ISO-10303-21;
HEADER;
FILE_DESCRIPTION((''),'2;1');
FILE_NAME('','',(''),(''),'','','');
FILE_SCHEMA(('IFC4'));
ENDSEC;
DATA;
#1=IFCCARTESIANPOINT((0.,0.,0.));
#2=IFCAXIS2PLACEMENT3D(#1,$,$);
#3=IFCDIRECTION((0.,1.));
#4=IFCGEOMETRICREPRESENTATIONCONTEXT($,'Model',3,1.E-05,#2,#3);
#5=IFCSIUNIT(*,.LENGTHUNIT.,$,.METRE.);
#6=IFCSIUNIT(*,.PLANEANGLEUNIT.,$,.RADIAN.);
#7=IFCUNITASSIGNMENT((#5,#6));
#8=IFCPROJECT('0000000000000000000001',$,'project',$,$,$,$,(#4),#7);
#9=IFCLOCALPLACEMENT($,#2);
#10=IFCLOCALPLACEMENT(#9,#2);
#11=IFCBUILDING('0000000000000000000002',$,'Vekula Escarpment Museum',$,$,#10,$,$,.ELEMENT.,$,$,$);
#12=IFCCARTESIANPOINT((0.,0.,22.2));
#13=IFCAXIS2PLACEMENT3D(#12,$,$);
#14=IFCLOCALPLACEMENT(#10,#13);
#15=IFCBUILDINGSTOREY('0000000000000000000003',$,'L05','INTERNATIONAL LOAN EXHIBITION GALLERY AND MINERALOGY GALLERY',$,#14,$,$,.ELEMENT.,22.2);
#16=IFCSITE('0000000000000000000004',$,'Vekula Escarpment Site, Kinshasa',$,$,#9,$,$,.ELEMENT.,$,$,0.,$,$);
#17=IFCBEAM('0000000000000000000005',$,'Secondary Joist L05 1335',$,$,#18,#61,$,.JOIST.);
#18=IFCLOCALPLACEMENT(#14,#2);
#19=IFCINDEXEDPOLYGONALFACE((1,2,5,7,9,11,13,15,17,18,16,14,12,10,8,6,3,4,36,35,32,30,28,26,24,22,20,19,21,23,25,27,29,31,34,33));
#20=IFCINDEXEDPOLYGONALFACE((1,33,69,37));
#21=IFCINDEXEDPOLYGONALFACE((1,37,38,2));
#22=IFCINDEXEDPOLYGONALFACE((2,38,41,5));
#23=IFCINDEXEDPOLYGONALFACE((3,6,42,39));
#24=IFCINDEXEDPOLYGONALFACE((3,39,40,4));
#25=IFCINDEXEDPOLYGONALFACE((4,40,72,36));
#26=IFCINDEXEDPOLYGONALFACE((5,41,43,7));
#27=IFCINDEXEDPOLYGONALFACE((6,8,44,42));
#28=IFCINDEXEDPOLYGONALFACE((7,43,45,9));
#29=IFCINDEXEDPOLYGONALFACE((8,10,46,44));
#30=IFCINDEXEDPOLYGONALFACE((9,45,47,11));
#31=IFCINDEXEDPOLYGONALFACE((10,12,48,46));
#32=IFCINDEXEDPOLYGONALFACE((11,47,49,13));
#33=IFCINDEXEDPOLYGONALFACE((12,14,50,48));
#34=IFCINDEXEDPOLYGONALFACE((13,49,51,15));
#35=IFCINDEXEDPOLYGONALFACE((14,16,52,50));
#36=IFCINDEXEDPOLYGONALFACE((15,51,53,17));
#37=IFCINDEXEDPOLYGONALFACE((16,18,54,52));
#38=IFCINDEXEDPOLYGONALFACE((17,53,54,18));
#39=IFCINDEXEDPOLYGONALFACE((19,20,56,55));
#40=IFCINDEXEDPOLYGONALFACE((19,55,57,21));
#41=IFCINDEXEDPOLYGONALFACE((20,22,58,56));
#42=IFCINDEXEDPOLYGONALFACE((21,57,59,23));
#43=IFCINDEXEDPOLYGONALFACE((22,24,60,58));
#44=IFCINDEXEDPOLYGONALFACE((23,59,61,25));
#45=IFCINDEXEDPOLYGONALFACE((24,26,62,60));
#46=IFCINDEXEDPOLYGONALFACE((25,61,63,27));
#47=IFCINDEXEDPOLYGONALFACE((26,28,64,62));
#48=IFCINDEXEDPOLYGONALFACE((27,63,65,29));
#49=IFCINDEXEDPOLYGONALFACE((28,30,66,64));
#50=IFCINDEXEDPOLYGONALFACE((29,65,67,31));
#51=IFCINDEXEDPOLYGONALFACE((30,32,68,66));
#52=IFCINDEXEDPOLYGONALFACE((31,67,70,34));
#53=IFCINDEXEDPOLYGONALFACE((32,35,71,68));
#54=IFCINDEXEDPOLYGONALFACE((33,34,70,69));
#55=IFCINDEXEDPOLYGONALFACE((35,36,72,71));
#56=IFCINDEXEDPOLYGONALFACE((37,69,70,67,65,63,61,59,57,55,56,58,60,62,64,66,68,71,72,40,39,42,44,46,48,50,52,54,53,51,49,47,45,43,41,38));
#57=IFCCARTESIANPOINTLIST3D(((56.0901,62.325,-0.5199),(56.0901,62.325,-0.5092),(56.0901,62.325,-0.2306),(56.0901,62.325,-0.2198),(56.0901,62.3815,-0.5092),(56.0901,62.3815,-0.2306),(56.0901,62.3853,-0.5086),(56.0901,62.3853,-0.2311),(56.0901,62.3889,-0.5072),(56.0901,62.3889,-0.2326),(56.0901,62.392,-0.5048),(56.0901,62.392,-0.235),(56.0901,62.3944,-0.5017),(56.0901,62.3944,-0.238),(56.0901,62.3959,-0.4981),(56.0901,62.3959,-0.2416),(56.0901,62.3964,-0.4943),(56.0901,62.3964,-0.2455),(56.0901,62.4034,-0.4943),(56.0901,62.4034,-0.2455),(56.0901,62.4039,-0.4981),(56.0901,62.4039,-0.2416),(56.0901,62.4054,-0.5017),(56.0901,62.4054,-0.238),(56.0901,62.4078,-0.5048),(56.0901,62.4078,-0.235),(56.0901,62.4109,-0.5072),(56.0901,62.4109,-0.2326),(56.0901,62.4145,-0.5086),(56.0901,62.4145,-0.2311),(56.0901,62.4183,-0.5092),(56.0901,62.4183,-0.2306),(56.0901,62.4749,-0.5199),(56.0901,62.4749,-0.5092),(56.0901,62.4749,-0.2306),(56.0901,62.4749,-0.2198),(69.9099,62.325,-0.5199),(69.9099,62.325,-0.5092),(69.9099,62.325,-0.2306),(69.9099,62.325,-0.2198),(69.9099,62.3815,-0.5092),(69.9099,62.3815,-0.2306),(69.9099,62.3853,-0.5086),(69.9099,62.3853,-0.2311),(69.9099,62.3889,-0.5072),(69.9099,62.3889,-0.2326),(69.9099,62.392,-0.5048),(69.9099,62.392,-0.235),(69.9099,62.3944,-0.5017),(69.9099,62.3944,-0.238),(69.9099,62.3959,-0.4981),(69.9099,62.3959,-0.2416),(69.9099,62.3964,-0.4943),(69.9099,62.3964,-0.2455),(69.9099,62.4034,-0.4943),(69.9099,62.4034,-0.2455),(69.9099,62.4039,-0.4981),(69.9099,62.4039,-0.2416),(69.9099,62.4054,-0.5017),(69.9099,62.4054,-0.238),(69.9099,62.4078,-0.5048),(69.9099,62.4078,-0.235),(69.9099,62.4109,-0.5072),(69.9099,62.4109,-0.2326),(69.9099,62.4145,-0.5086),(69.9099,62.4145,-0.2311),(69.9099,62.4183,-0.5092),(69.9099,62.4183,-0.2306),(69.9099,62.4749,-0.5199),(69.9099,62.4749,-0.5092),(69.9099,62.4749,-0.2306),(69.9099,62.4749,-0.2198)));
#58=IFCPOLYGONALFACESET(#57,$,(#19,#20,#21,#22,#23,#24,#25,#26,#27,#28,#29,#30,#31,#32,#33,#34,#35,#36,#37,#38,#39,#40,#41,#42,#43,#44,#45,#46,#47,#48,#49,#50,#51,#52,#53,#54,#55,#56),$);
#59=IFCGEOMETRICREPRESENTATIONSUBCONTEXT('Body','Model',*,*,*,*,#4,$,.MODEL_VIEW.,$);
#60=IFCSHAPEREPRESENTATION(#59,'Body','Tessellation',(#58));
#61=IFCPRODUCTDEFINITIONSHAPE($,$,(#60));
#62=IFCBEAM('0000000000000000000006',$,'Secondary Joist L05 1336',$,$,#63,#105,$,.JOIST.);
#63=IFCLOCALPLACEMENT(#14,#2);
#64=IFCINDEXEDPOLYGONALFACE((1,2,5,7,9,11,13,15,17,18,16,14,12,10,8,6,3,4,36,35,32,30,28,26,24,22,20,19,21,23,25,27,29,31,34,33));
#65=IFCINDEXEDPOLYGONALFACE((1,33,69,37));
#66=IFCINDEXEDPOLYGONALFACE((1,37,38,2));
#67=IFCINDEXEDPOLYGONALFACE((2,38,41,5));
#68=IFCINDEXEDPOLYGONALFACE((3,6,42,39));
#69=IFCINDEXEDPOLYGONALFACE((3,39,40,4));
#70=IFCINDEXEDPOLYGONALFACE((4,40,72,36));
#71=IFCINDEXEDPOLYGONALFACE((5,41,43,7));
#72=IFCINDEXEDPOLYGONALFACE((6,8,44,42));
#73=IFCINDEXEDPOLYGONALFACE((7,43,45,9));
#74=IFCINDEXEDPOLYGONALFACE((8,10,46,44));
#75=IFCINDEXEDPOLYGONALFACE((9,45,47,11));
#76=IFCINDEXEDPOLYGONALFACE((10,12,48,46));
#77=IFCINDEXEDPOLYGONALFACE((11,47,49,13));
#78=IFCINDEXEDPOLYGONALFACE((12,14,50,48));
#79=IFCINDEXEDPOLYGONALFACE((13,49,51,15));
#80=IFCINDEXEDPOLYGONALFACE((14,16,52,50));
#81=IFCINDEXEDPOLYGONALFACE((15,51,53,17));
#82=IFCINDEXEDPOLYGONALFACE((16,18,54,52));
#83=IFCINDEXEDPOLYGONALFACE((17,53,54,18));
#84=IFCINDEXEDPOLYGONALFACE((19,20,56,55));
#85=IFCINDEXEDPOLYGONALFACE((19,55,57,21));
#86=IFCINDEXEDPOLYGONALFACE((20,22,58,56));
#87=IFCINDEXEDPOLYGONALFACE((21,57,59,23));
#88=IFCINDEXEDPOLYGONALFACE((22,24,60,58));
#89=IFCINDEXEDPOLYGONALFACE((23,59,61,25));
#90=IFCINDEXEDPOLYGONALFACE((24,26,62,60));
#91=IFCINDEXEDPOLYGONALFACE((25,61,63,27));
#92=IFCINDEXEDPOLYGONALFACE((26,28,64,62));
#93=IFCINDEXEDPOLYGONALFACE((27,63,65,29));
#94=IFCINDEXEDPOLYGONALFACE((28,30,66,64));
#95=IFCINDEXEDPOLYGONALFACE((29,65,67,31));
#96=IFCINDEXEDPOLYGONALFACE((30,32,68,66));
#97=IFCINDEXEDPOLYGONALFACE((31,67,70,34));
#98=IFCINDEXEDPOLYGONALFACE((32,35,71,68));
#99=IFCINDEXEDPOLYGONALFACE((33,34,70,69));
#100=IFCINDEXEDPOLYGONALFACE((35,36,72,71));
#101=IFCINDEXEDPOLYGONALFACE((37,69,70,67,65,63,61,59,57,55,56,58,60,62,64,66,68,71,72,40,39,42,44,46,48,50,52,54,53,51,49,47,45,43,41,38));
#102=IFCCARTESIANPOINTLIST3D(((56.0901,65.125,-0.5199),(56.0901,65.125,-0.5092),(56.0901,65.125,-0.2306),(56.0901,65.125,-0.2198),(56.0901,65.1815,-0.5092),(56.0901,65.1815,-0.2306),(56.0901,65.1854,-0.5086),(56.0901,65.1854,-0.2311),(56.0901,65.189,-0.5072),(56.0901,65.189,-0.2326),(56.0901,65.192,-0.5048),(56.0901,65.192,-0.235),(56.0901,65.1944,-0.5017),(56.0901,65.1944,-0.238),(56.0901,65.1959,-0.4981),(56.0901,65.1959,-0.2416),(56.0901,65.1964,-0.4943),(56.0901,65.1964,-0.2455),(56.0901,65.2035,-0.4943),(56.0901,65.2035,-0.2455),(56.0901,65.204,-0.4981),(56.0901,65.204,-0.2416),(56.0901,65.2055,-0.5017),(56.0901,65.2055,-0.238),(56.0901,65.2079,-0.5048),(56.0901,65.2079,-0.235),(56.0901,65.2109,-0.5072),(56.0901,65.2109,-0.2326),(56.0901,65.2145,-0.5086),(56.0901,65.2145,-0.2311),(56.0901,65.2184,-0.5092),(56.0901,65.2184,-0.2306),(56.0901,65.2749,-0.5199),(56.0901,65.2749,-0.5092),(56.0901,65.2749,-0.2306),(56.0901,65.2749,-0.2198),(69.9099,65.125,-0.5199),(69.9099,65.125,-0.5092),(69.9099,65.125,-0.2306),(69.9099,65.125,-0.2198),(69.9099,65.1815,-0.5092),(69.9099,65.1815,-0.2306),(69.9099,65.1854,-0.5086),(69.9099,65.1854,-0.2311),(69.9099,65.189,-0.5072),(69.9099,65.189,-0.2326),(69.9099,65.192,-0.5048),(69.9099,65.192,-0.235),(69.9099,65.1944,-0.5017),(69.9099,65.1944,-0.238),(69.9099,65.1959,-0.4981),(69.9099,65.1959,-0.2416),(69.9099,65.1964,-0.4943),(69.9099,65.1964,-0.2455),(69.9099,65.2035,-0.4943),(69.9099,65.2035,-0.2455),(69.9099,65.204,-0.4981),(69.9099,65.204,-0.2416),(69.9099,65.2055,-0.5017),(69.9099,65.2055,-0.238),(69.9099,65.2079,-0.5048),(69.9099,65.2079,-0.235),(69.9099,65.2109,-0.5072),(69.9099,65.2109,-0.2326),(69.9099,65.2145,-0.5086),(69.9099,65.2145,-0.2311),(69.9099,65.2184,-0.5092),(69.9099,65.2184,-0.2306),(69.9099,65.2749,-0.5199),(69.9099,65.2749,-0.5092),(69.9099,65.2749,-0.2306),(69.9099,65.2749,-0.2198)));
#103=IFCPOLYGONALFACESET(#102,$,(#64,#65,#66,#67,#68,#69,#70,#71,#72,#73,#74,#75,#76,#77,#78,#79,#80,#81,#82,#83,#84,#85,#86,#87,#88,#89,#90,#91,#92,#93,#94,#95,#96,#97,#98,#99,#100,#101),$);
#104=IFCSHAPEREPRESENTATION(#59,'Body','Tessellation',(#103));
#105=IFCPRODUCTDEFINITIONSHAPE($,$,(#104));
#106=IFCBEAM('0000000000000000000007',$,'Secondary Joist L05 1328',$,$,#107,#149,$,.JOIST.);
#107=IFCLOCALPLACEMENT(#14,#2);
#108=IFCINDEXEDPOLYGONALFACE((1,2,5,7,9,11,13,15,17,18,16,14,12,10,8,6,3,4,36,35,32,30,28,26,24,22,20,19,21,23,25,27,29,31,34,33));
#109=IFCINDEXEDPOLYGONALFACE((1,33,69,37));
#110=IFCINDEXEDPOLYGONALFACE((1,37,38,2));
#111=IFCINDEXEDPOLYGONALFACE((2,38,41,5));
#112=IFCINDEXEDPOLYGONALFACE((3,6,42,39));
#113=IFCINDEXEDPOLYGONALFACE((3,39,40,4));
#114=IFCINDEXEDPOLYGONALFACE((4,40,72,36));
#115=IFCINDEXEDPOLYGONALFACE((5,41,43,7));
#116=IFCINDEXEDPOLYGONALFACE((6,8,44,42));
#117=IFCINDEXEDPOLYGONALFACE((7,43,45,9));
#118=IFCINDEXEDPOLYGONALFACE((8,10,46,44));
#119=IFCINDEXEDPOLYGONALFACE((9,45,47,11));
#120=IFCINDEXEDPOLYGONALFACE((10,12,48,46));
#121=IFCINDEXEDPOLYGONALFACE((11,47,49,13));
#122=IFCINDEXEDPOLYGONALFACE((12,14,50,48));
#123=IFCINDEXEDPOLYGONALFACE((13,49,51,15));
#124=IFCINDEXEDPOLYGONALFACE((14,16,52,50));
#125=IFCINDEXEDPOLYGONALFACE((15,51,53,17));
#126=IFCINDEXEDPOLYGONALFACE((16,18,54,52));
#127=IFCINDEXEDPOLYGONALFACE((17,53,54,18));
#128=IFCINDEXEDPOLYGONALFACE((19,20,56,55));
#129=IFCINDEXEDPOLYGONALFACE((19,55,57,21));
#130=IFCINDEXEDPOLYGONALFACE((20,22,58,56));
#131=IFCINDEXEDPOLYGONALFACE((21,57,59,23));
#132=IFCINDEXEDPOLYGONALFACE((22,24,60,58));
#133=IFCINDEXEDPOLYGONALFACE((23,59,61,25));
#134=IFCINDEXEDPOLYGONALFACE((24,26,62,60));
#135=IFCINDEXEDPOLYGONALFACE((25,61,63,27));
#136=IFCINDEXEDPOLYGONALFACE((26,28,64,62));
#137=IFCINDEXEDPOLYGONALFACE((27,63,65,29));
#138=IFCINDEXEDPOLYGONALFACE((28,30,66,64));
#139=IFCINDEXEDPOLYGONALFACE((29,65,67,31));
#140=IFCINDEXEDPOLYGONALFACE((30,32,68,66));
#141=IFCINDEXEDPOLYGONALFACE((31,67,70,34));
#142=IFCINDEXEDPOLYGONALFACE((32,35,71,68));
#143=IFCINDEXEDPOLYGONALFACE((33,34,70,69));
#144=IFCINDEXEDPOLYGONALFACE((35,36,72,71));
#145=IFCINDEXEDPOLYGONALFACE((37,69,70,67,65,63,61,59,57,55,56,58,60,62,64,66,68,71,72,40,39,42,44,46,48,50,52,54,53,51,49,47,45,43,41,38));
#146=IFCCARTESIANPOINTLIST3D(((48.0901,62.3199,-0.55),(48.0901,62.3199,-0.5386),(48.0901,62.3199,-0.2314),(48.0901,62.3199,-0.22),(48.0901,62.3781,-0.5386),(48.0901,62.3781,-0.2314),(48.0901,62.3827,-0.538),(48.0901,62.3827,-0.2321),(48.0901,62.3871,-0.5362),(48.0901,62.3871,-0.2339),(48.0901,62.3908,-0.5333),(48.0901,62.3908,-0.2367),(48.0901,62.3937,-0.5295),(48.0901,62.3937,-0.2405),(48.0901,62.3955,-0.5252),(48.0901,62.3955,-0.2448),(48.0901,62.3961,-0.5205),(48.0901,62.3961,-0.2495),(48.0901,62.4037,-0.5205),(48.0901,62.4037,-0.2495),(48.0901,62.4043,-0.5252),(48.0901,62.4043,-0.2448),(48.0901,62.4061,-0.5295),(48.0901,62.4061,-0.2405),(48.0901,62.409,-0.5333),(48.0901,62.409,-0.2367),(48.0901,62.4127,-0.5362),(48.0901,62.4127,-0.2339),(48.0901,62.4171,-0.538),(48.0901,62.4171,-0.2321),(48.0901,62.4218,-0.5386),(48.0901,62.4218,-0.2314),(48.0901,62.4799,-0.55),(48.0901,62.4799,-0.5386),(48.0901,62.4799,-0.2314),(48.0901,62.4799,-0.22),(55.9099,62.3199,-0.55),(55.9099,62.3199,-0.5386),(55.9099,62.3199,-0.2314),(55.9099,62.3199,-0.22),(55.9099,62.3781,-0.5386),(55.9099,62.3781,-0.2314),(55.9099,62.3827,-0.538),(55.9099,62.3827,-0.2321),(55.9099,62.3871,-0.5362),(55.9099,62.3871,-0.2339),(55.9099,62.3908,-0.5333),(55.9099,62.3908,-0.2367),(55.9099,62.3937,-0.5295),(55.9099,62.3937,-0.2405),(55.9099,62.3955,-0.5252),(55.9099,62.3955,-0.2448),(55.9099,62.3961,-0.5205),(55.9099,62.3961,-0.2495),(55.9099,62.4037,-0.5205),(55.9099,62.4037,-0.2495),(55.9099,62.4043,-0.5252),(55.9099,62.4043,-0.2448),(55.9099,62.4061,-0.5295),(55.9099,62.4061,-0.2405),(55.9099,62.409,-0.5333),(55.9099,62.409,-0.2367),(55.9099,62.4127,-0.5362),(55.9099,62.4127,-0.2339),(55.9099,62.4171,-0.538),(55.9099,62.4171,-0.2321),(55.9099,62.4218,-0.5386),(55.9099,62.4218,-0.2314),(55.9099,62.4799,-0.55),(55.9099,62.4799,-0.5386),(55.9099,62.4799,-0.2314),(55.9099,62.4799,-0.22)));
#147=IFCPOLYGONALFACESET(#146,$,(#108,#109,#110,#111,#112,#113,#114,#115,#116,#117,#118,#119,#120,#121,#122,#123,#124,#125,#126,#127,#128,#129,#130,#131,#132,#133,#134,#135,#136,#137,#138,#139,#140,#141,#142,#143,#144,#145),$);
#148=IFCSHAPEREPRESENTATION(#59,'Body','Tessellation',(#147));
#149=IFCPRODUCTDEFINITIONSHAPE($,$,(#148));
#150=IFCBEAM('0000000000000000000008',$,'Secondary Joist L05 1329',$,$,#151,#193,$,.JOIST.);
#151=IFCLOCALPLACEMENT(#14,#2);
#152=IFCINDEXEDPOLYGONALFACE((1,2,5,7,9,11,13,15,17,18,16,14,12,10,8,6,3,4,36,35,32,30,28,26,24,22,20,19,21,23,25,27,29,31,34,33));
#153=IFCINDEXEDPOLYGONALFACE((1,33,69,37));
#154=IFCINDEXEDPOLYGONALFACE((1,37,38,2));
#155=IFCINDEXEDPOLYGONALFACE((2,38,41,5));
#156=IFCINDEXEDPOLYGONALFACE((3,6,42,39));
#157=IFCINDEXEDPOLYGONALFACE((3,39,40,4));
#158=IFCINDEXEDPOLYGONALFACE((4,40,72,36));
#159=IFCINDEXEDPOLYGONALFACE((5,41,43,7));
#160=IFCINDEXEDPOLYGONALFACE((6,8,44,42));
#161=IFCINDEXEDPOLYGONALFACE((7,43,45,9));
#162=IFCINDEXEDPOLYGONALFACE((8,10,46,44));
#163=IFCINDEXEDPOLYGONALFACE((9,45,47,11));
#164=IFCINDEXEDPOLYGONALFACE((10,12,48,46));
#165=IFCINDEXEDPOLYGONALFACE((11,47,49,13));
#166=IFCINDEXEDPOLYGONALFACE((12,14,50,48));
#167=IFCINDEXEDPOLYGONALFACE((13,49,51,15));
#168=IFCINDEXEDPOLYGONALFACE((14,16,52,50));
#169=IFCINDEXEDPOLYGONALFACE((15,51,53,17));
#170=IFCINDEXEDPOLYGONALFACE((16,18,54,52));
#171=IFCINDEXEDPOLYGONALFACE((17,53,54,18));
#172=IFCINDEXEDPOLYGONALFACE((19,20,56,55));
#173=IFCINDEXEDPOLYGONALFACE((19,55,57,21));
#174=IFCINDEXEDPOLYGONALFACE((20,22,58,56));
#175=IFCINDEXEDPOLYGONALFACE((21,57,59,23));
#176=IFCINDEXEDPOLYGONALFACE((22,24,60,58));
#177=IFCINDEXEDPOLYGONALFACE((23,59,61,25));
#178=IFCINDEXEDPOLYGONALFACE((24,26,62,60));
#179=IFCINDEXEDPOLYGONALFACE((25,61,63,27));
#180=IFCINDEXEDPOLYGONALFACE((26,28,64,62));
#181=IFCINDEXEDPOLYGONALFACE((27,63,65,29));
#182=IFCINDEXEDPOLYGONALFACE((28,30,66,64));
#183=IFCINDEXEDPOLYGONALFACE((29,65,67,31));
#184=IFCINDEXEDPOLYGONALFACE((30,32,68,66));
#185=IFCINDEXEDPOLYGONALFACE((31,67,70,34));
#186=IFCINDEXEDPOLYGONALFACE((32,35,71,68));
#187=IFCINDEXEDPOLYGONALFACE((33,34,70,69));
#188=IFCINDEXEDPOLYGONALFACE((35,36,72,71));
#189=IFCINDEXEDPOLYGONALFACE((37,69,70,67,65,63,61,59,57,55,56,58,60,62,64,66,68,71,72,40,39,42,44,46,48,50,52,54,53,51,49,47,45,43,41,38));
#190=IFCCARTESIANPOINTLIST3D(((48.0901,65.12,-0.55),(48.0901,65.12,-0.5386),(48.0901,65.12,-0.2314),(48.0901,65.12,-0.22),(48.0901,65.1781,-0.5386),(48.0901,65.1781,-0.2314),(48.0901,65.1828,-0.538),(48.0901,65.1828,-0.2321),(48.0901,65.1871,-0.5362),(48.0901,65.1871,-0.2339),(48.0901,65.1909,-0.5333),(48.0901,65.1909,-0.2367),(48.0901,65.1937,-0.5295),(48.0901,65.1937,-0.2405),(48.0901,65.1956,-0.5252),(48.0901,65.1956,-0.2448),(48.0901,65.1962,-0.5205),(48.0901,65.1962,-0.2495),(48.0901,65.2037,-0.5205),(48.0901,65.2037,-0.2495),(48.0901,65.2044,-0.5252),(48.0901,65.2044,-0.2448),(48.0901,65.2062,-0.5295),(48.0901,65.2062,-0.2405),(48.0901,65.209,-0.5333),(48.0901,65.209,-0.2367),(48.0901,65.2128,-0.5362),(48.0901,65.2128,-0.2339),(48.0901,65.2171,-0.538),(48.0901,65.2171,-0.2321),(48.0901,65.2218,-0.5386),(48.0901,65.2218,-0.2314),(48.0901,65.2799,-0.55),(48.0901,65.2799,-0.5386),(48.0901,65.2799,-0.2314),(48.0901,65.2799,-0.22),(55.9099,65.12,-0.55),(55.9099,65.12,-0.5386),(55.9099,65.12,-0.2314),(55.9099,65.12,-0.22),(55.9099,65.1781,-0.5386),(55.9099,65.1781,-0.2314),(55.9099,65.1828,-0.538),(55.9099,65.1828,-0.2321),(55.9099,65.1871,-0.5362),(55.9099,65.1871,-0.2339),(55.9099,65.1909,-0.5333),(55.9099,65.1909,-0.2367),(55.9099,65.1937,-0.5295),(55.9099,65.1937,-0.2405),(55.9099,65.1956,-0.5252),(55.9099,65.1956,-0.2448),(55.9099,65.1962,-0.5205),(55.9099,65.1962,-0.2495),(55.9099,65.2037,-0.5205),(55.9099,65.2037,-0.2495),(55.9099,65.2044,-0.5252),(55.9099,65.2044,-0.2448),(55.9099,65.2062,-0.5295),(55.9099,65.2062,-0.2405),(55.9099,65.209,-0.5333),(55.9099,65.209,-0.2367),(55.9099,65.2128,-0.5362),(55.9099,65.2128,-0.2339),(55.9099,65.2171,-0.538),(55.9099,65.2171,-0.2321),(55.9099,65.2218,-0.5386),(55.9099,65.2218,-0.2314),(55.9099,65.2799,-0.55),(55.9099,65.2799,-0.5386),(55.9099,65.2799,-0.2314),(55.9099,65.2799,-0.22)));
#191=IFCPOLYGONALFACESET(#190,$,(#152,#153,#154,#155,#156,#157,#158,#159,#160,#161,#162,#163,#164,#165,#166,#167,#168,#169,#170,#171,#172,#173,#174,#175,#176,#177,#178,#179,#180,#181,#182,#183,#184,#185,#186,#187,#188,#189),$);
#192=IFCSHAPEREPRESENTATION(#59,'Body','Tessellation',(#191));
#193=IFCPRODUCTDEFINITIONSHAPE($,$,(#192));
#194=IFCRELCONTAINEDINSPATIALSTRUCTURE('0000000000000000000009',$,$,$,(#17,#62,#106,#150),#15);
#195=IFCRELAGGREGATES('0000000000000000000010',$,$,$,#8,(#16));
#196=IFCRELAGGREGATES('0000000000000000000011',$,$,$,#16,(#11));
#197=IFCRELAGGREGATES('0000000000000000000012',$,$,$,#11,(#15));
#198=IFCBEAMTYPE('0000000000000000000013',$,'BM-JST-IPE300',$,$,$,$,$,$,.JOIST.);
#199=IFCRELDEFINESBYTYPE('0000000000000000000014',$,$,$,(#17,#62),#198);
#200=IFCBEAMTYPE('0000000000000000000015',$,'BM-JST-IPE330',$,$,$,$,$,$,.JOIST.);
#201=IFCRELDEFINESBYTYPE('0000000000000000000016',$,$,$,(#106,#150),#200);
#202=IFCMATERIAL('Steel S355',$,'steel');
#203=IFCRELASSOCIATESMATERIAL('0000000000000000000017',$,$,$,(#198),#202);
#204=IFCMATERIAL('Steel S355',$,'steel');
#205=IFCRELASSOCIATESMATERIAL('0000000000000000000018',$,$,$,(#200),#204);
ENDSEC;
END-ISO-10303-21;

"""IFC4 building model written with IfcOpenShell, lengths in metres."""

from ifc_helpers import new_model, si_unit, direction, frame, origin, origin_2d, place, context, subcontext, project, spatial, i_section, extrude, material, material_profile, profile_set, type_object, element, save


model = new_model("IFC4")

# Units and contexts
model_context = context("Model", 3, precision=1e-05, world=origin(), true_north=direction((0.0, 1.0)))
body_context = subcontext(model_context, "Body", "Model", "MODEL_VIEW")
ifc_project = project(units=[si_unit("LENGTHUNIT", "METRE"), si_unit("PLANEANGLEUNIT", "RADIAN")], contexts=[model_context])

# Site, building, storey
site_placement = place(None, origin())
site = spatial("IfcSite", under=ifc_project, at=site_placement, Name="Vekula Escarpment Site, Kinshasa", CompositionType="ELEMENT", RefElevation=0.0)
building_placement = place(site_placement, origin())
building = spatial("IfcBuilding", under=site, at=building_placement, Name="Vekula Escarpment Museum", CompositionType="ELEMENT")
storey_placement = place(building_placement, frame((0.0, 0.0, 22.2)))
storey = spatial("IfcBuildingStorey", under=building, at=storey_placement, Name="L05", Description="INTERNATIONAL LOAN EXHIBITION GALLERY AND MINERALOGY GALLERY", CompositionType="ELEMENT", Elevation=22.2)

# Beams
ifc_material_1 = material(Name="Steel S355", Category="steel")
ifc_material_profile_1 = material_profile(ifc_material_1, i_section(OverallWidth=0.1499, OverallDepth=0.3, WebThickness=0.0071, FlangeThickness=0.0107, FilletRadius=0.0149, at=origin_2d()), Name="IPE 300")
ifc_profile_set_1 = profile_set([ifc_material_profile_1], Name="Steel S355")
beam_type_1 = type_object("IfcBeamType", Name="BM-JST-IPE300", PredefinedType="JOIST", material=ifc_profile_set_1)
for number, where, z_axis, x_axis, name in (
    (1, (56.0901, 62.3999, -0.3699), (1.0, 0.0, 0.0), (0.0, 1.0, 0.0), "Secondary Joist L05 1335"),
    (2, (56.0901, 65.2, -0.3699), (1.0, 0.0, 0.0), (0.0, 1.0, 0.0), "Secondary Joist L05 1336"),
):
    element("IfcBeam", number, at=place(storey_placement, frame(where, z_axis=z_axis, x_axis=x_axis)), inside=storey, type_object=beam_type_1, Name=name, PredefinedType="JOIST", context=body_context, shape_type="SweptSolid", body=[
        extrude(i_section(OverallWidth=0.1499, OverallDepth=0.3, WebThickness=0.0071, FlangeThickness=0.0107, FilletRadius=0.0149, at=origin_2d()), origin(), (0.0, 0.0, 1.0), 13.8198),
    ])
ifc_material_2 = material(Name="Steel S355", Category="steel")
ifc_material_profile_2 = material_profile(ifc_material_2, i_section(OverallWidth=0.1599, OverallDepth=0.3301, WebThickness=0.0076, FlangeThickness=0.0115, FilletRadius=0.0181, at=origin_2d()), Name="IPE 330")
ifc_profile_set_2 = profile_set([ifc_material_profile_2], Name="Steel S355")
beam_type_2 = type_object("IfcBeamType", Name="BM-JST-IPE330", PredefinedType="JOIST", material=ifc_profile_set_2)
for number, where, z_axis, x_axis, name in (
    (3, (48.0901, 62.3999, -0.385), (1.0, 0.0, 0.0), (0.0, 1.0, 0.0), "Secondary Joist L05 1328"),
    (4, (48.0901, 65.2, -0.385), (1.0, 0.0, 0.0), (0.0, 1.0, 0.0), "Secondary Joist L05 1329"),
):
    element("IfcBeam", number, at=place(storey_placement, frame(where, z_axis=z_axis, x_axis=x_axis)), inside=storey, type_object=beam_type_2, Name=name, PredefinedType="JOIST", context=body_context, shape_type="SweptSolid", body=[
        extrude(i_section(OverallWidth=0.1599, OverallDepth=0.3301, WebThickness=0.0076, FlangeThickness=0.0115, FilletRadius=0.0181, at=origin_2d()), origin(), (0.0, 0.0, 1.0), 7.8198),
    ])

save(model, "model.ifc")
